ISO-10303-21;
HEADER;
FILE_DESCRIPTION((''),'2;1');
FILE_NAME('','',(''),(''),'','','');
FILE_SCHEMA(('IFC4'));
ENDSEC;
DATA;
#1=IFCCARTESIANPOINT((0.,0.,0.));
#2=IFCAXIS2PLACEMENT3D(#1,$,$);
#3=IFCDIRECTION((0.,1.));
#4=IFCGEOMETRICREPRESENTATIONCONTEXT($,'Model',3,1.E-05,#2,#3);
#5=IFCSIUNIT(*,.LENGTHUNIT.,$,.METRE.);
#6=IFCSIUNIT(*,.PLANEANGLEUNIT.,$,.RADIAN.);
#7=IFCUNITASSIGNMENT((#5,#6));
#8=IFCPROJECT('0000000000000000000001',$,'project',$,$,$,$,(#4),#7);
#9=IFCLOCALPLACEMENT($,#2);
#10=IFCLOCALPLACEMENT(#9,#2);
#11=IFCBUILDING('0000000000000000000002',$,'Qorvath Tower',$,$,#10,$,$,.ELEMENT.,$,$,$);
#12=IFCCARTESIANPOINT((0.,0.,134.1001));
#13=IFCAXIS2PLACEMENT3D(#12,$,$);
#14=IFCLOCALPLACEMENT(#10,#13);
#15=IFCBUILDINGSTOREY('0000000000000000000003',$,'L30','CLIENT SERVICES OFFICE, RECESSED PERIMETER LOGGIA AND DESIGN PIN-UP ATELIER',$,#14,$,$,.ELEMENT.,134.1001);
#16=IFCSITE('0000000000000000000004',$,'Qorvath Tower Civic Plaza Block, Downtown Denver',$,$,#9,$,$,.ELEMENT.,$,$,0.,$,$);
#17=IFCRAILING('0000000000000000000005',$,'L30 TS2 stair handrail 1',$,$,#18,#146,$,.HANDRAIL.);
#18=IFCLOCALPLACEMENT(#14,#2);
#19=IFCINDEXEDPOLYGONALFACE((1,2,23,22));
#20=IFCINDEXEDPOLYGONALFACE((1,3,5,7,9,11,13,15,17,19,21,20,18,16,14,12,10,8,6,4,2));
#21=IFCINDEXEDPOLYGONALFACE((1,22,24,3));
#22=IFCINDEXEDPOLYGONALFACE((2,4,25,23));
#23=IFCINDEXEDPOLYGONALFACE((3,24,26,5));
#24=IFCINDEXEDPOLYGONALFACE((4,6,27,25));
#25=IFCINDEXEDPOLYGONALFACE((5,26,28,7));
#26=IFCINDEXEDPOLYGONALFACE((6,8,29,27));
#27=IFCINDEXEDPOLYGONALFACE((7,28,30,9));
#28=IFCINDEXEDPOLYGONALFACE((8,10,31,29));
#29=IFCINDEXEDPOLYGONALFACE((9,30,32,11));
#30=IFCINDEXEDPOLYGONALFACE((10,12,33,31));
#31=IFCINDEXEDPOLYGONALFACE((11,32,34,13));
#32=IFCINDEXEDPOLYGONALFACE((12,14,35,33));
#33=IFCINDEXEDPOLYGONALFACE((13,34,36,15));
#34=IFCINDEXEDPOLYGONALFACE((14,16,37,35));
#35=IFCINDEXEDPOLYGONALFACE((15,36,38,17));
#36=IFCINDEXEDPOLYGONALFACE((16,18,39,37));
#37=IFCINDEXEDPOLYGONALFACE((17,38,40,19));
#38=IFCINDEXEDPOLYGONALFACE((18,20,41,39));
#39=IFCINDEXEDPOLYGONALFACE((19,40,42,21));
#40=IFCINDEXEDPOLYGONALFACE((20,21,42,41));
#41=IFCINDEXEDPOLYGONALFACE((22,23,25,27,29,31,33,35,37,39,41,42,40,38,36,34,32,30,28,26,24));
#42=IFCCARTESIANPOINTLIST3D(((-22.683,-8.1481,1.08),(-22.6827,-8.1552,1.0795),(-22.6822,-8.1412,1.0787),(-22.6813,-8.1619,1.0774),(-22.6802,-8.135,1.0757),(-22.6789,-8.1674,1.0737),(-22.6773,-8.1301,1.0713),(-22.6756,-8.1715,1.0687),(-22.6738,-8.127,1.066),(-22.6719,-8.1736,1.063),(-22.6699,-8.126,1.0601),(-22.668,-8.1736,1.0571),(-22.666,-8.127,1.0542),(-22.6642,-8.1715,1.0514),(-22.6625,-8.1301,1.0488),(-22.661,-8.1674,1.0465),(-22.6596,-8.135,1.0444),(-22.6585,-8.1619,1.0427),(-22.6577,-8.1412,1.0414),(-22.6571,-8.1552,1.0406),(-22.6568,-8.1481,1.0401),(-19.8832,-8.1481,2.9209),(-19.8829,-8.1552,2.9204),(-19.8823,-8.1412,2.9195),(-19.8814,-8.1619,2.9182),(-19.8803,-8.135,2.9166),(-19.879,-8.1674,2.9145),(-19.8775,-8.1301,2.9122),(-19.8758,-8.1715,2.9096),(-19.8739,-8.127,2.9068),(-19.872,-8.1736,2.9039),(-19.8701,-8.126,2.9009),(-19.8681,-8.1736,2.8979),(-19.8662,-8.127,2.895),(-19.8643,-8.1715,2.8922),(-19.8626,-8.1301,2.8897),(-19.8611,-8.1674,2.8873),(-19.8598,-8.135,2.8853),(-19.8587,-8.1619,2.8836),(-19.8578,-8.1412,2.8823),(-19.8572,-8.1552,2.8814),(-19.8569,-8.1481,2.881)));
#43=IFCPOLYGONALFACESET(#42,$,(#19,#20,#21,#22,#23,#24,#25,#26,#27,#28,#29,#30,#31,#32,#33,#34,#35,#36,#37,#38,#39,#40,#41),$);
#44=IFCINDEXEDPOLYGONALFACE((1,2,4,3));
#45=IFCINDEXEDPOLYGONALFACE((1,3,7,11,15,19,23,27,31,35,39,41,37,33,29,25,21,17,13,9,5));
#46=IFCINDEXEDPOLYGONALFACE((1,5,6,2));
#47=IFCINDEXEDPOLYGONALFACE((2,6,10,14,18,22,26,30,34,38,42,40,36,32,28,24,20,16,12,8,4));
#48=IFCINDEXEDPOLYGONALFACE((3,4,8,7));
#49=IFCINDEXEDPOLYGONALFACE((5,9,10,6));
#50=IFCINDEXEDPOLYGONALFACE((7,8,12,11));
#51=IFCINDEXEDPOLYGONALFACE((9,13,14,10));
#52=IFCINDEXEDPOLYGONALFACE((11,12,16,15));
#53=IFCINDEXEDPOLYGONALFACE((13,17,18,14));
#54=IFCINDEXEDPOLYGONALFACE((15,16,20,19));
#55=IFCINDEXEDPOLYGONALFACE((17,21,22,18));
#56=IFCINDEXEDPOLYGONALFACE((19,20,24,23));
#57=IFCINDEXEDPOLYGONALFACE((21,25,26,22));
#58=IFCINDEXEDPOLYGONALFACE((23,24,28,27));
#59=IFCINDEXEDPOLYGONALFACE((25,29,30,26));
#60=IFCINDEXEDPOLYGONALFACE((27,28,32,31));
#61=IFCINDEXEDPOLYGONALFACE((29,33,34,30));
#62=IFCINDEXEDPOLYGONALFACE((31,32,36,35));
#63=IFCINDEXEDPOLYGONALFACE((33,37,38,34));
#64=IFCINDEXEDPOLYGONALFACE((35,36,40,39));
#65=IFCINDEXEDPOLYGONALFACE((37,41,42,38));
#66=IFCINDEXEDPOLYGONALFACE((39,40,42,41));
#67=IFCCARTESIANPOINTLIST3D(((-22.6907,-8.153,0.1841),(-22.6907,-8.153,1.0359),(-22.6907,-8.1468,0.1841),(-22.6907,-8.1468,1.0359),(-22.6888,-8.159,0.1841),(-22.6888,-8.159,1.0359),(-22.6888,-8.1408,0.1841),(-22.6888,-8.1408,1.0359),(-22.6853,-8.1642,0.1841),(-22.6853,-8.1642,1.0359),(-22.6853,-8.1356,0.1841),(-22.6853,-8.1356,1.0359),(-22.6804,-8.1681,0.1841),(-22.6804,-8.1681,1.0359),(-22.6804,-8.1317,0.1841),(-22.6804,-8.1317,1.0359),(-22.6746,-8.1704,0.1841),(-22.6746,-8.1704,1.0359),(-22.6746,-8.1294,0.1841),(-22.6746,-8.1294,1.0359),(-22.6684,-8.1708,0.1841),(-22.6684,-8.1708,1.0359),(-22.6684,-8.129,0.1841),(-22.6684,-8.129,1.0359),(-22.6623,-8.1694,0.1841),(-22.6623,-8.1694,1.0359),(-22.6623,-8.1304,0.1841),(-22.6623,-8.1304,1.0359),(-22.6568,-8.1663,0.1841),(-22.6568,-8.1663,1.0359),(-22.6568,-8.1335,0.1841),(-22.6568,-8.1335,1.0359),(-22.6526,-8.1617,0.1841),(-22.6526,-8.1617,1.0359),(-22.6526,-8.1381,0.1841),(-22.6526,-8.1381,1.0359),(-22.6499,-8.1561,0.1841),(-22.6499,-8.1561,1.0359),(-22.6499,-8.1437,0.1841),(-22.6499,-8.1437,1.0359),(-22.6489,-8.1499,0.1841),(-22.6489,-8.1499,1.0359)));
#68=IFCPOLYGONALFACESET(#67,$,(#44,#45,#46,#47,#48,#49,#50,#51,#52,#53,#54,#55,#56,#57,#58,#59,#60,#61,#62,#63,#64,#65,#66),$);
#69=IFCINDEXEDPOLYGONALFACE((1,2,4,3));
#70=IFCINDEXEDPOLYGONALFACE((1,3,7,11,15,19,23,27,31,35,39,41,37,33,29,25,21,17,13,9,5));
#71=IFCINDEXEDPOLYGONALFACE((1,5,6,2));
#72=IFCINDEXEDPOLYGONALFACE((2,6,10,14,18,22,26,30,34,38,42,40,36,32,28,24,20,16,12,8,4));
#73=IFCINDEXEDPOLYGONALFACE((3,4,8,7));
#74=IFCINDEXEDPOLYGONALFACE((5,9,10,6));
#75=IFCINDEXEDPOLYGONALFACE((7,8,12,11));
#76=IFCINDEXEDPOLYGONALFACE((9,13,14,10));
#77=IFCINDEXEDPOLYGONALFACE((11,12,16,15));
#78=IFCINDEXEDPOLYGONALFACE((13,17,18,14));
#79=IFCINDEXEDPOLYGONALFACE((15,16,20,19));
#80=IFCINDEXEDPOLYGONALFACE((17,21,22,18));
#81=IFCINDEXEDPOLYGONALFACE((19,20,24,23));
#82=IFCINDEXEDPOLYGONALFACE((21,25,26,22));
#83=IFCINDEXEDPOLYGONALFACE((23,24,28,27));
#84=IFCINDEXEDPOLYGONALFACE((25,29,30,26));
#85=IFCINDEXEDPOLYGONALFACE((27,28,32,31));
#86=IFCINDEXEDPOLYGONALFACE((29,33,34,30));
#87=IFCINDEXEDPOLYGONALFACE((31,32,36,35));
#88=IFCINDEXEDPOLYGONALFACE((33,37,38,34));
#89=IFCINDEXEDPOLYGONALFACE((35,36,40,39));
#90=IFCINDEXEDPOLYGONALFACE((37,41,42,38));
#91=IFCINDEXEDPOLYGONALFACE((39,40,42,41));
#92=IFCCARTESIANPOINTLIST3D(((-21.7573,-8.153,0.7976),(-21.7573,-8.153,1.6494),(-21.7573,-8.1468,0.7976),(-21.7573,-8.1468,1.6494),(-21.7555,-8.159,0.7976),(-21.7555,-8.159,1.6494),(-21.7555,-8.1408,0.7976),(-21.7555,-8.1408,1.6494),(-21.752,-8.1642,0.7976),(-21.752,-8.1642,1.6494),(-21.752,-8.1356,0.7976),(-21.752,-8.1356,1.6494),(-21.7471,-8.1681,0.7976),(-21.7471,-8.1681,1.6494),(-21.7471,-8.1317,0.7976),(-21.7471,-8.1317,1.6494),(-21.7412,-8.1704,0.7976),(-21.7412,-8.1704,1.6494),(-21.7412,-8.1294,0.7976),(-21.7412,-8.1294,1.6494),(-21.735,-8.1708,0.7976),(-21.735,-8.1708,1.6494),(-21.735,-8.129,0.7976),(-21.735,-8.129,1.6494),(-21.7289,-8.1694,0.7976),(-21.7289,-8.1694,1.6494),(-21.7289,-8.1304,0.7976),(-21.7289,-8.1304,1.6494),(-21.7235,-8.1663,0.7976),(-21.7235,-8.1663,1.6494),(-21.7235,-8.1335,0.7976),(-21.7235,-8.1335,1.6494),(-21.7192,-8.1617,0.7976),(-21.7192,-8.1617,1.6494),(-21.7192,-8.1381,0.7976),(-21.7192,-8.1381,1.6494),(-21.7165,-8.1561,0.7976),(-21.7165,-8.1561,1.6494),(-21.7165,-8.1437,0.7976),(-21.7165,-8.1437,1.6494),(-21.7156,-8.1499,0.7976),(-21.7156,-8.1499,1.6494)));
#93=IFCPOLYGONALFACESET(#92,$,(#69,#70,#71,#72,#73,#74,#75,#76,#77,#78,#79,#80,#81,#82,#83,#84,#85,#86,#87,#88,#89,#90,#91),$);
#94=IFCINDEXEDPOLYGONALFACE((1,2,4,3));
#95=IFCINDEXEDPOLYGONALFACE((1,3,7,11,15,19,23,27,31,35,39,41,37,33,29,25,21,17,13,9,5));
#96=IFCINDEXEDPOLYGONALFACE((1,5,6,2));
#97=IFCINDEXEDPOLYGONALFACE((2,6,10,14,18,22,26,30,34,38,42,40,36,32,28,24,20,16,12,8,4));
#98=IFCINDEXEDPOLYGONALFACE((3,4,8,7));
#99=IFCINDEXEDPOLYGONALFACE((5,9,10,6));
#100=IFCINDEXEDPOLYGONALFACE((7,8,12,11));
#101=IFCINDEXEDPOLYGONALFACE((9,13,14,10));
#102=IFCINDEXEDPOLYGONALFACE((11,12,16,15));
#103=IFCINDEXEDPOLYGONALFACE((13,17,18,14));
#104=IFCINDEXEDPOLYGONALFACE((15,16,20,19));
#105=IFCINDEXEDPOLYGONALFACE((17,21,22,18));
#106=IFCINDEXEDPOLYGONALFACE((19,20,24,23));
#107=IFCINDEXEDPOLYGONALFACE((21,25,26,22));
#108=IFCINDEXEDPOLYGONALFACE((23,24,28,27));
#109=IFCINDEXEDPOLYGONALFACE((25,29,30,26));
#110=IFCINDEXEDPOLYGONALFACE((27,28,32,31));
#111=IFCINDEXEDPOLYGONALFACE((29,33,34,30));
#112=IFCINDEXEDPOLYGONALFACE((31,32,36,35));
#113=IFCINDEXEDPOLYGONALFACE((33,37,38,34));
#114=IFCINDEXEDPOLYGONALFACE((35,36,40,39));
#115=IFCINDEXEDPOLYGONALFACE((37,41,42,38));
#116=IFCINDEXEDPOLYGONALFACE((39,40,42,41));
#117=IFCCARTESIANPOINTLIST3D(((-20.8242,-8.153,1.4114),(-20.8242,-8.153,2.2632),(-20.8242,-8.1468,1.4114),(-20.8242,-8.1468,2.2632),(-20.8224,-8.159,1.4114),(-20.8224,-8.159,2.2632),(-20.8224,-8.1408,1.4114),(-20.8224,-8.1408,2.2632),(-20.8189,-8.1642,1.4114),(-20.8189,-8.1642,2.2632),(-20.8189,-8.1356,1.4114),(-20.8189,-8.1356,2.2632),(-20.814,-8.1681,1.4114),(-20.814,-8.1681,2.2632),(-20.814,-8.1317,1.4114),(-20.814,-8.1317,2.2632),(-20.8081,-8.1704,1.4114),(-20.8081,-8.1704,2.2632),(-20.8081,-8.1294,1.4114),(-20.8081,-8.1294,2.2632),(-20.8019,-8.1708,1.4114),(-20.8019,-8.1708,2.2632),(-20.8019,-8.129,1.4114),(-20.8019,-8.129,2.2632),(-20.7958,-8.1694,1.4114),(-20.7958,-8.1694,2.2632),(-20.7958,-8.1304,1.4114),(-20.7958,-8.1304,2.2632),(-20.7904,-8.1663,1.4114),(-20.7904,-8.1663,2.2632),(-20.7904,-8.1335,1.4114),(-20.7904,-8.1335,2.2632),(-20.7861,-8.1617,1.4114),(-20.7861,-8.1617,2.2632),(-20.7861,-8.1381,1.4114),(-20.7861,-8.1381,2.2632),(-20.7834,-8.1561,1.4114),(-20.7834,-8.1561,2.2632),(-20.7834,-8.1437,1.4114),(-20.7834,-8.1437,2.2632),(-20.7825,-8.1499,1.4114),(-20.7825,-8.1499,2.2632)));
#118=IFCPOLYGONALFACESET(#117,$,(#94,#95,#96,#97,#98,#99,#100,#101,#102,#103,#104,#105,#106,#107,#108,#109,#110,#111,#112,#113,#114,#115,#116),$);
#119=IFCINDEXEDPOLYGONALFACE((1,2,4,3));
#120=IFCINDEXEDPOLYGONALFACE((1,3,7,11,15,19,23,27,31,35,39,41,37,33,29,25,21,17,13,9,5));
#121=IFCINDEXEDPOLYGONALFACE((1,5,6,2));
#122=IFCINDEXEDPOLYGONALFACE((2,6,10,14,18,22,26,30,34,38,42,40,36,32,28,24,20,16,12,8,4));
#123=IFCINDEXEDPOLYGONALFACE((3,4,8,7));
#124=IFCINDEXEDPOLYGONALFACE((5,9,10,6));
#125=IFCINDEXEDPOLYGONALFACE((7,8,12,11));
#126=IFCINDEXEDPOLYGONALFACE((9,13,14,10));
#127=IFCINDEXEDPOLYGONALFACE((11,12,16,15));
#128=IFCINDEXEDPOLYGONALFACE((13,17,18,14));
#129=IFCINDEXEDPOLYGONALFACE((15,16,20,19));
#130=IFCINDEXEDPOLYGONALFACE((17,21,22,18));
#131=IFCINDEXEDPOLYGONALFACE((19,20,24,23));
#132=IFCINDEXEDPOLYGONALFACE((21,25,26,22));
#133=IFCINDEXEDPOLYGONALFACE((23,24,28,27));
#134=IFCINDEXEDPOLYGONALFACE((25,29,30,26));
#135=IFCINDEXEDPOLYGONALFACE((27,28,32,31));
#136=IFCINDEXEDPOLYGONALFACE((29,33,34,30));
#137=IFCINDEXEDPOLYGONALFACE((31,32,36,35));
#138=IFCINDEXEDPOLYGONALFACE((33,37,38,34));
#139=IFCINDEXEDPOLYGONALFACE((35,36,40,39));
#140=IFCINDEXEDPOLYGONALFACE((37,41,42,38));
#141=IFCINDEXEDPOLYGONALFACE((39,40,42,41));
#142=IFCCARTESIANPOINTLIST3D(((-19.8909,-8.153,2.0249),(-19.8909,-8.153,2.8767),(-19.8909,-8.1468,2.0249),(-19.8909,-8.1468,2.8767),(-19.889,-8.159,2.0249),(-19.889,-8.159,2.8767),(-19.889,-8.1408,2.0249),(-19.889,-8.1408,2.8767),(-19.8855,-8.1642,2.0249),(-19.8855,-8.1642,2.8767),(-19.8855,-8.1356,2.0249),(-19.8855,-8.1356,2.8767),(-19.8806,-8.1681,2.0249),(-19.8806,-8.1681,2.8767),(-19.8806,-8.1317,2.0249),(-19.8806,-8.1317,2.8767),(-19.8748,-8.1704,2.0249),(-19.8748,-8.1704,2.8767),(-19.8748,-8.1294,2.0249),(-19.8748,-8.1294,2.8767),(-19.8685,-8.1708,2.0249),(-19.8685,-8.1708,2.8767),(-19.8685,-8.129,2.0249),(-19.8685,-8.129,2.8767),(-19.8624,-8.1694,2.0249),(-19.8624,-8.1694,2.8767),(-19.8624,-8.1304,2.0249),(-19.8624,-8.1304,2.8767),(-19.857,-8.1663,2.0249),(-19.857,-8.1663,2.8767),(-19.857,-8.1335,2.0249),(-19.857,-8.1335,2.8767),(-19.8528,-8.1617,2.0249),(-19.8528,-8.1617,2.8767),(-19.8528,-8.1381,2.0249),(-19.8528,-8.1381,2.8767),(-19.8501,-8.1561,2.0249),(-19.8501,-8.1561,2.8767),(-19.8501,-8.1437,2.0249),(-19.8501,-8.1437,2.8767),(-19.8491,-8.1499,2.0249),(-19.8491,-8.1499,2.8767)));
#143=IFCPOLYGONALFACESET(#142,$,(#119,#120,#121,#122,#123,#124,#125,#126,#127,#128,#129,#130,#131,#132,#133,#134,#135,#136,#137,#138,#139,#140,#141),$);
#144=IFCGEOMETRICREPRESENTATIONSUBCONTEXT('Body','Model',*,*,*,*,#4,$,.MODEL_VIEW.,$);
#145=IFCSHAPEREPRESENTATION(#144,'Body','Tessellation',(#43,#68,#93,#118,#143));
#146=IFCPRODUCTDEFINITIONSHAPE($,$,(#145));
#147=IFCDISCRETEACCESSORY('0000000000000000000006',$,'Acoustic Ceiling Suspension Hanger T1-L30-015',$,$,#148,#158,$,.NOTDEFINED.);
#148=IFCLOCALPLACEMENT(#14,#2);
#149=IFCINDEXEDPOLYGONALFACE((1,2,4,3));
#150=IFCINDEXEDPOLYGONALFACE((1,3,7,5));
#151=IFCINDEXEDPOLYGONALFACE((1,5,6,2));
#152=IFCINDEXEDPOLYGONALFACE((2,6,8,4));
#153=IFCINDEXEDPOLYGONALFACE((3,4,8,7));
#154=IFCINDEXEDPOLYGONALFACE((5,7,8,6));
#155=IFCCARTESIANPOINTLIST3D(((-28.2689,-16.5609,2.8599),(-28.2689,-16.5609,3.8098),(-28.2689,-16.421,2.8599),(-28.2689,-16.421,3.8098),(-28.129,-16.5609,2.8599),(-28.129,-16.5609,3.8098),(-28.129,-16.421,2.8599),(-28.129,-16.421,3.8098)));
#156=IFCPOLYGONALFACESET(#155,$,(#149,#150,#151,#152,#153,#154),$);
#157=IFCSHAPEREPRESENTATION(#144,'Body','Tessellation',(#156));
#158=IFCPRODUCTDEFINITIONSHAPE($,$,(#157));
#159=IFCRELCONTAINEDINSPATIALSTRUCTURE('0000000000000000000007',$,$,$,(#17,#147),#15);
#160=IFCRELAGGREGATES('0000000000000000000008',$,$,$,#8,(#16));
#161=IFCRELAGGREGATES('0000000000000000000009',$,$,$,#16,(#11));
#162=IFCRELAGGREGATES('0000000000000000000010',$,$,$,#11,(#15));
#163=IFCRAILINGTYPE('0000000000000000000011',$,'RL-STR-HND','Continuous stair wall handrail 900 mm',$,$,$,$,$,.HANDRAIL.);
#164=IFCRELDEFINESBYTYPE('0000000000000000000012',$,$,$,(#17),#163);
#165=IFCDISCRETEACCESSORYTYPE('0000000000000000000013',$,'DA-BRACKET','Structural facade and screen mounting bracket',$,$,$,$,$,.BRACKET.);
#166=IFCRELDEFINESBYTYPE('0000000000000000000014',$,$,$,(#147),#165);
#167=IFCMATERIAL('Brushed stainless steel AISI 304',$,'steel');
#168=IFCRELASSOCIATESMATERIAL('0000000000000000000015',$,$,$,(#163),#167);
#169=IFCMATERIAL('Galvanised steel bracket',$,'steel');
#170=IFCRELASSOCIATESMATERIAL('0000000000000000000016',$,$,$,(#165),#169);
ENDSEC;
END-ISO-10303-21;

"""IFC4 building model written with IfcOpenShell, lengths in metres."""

from ifc_helpers import new_model, si_unit, direction, frame, origin, origin_2d, place, context, subcontext, project, spatial, rectangle, circle, extrude, material, type_object, element, save


model = new_model("IFC4")

# Units and contexts
model_context = context("Model", 3, precision=1e-05, world=origin(), true_north=direction((0.0, 1.0)))
body_context = subcontext(model_context, "Body", "Model", "MODEL_VIEW")
ifc_project = project(units=[si_unit("LENGTHUNIT", "METRE"), si_unit("PLANEANGLEUNIT", "RADIAN")], contexts=[model_context])

# Site, building, storey
site_placement = place(None, origin())
site = spatial("IfcSite", under=ifc_project, at=site_placement, Name="Qorvath Tower Civic Plaza Block, Downtown Denver", CompositionType="ELEMENT", RefElevation=0.0)
building_placement = place(site_placement, origin())
building = spatial("IfcBuilding", under=site, at=building_placement, Name="Qorvath Tower", CompositionType="ELEMENT")
storey_placement = place(building_placement, frame((0.0, 0.0, 134.1001)))
storey = spatial("IfcBuildingStorey", under=building, at=storey_placement, Name="L30", Description="CLIENT SERVICES OFFICE, RECESSED PERIMETER LOGGIA AND DESIGN PIN-UP ATELIER", CompositionType="ELEMENT", Elevation=134.1001)

# Railing
ifc_material_1 = material(Name="Brushed stainless steel AISI 304", Category="steel")
railing_type = type_object("IfcRailingType", Name="RL-STR-HND", Description="Continuous stair wall handrail 900 mm", PredefinedType="HANDRAIL", material=ifc_material_1)
railing_placement = place(storey_placement, frame((-22.6699, -8.1499, 0.1841)))
element("IfcRailing", 1, at=railing_placement, inside=storey, type_object=railing_type, Name="L30 TS2 stair handrail 1", PredefinedType="HANDRAIL", context=body_context, shape_type="SweptSolid", body=[
    extrude(circle(Radius=0.0239, at=origin_2d()), frame((0.0, 0.0, 0.876), z_axis=(0.835576, 0.0, 0.549376), x_axis=(0.0, 1.0, 0.0)), (0.0, 0.0, 1.0), 3.3508),
    extrude(circle(Radius=0.021, at=origin_2d()), origin(), (0.0, 0.0, 1.0), 0.8518),
    extrude(circle(Radius=0.021, at=origin_2d()), frame((0.9333, 0.0, 0.6135)), (0.0, 0.0, 1.0), 0.8518),
    extrude(circle(Radius=0.021, at=origin_2d()), frame((1.8665, 0.0, 1.2273)), (0.0, 0.0, 1.0), 0.8518),
    extrude(circle(Radius=0.021, at=origin_2d()), frame((2.7998, 0.0, 1.8408)), (0.0, 0.0, 1.0), 0.8518),
])

# Discrete accessory
ifc_material_2 = material(Name="Galvanised steel bracket", Category="steel")
discrete_accessory_type = type_object("IfcDiscreteAccessoryType", Name="DA-BRACKET", Description="Structural facade and screen mounting bracket", PredefinedType="BRACKET", material=ifc_material_2)
discrete_accessory_placement = place(storey_placement, frame((-28.199, -16.491, 2.8599), z_axis=(0.0, 0.0, 1.0), x_axis=(1.0, 0.0, 0.0)))
element("IfcDiscreteAccessory", 2, at=discrete_accessory_placement, inside=storey, type_object=discrete_accessory_type, Name="Acoustic Ceiling Suspension Hanger T1-L30-015", PredefinedType="NOTDEFINED", context=body_context, shape_type="SweptSolid", body=[
    extrude(rectangle(XDim=0.1399, YDim=0.1399, at=origin_2d()), origin(), (0.0, 0.0, 1.0), 0.95),
])

save(model, "model.ifc")
